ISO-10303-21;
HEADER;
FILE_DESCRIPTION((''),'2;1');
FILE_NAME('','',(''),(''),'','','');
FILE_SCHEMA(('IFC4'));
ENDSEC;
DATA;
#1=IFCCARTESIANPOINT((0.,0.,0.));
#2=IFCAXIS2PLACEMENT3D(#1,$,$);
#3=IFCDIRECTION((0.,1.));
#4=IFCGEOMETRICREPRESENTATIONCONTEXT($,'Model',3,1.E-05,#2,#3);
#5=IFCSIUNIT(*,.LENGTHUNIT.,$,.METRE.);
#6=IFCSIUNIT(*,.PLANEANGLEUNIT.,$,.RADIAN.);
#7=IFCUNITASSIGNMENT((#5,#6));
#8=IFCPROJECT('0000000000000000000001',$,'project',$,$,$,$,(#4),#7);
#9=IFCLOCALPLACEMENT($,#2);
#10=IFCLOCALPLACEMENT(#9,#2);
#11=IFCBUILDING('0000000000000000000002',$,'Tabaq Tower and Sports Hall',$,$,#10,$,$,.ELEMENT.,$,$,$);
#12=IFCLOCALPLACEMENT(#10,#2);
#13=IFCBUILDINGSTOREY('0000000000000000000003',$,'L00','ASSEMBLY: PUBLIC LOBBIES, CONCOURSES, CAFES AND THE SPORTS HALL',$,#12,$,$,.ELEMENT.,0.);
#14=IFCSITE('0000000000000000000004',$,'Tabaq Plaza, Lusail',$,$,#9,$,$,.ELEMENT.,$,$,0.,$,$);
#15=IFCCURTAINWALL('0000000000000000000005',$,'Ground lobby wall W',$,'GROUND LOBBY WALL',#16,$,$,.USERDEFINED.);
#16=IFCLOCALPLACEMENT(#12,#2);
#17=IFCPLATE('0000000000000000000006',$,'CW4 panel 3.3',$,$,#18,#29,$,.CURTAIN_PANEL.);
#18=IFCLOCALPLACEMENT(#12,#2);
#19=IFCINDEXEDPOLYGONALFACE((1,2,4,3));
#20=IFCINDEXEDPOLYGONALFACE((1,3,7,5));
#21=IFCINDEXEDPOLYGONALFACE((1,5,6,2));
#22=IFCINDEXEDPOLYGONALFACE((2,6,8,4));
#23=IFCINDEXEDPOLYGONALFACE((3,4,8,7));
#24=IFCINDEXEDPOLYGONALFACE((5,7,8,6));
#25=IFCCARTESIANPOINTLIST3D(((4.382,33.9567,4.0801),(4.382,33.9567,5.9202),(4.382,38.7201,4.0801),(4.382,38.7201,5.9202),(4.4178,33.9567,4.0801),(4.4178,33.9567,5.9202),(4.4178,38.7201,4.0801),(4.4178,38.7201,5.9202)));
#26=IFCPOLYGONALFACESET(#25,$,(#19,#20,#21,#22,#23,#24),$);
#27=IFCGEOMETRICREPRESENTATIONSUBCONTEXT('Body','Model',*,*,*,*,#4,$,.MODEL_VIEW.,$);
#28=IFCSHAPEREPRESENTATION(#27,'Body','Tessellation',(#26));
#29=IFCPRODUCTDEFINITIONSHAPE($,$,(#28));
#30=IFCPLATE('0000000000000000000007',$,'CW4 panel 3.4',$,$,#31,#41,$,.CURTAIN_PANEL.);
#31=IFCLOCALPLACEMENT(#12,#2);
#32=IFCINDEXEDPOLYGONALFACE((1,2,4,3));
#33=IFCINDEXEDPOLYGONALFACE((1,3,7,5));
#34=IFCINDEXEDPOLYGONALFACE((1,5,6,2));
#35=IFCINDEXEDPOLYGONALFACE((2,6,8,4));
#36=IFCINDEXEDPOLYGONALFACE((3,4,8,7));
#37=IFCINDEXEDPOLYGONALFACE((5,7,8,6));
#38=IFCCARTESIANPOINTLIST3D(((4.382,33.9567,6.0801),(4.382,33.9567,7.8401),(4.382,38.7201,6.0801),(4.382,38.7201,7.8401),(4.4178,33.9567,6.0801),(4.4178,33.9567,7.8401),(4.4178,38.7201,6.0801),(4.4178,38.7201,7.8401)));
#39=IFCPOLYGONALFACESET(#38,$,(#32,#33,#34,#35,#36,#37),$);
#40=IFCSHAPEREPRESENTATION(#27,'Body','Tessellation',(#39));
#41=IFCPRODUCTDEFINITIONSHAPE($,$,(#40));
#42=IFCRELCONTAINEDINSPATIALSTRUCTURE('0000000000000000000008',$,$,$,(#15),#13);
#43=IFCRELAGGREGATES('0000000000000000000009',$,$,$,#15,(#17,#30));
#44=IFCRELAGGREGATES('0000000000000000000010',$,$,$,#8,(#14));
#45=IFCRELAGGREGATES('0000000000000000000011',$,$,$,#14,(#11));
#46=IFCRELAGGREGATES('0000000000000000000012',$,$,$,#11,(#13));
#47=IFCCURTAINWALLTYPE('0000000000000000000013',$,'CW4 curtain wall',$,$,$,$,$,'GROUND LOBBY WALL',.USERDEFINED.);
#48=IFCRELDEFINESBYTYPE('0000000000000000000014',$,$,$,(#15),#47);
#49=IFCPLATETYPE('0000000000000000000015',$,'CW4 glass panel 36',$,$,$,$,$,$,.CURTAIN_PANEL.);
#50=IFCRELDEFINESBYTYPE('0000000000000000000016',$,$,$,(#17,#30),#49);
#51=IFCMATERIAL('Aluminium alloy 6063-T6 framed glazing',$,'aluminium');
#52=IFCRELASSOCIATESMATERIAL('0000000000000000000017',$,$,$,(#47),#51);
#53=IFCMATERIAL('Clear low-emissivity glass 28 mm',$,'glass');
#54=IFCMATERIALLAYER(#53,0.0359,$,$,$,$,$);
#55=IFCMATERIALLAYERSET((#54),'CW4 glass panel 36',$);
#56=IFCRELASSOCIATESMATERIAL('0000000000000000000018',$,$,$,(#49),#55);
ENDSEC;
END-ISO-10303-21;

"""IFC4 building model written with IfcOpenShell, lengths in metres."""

from ifc_helpers import new_model, si_unit, direction, frame, origin, origin_2d, place, context, subcontext, project, spatial, rectangle, extrude, material, layer, layer_set, type_object, element, aggregate, save


model = new_model("IFC4")

# Units and contexts
model_context = context("Model", 3, precision=1e-05, world=origin(), true_north=direction((0.0, 1.0)))
body_context = subcontext(model_context, "Body", "Model", "MODEL_VIEW")
ifc_project = project(units=[si_unit("LENGTHUNIT", "METRE"), si_unit("PLANEANGLEUNIT", "RADIAN")], contexts=[model_context])

# Site, building, storey
site_placement = place(None, origin())
site = spatial("IfcSite", under=ifc_project, at=site_placement, Name="Tabaq Plaza, Lusail", CompositionType="ELEMENT", RefElevation=0.0)
building_placement = place(site_placement, origin())
building = spatial("IfcBuilding", under=site, at=building_placement, Name="Tabaq Tower and Sports Hall", CompositionType="ELEMENT")
storey_placement = place(building_placement, origin())
storey = spatial("IfcBuildingStorey", under=building, at=storey_placement, Name="L00", Description="ASSEMBLY: PUBLIC LOBBIES, CONCOURSES, CAFES AND THE SPORTS HALL", CompositionType="ELEMENT", Elevation=0.0)

# Curtain wall, plates
ifc_material_1 = material(Name="Aluminium alloy 6063-T6 framed glazing", Category="aluminium")
curtain_wall_type = type_object("IfcCurtainWallType", Name="CW4 curtain wall", ElementType="GROUND LOBBY WALL", PredefinedType="USERDEFINED", material=ifc_material_1)
curtain_wall_placement = place(storey_placement, origin())
curtain_wall = element("IfcCurtainWall", 1, at=curtain_wall_placement, inside=storey, type_object=curtain_wall_type, Name="Ground lobby wall W", ObjectType="GROUND LOBBY WALL", PredefinedType="USERDEFINED")
ifc_material_2 = material(Name="Clear low-emissivity glass 28 mm", Category="glass")
ifc_layer_1 = layer(ifc_material_2, 0.0359)
ifc_layer_set_1 = layer_set([ifc_layer_1], Name="CW4 glass panel 36")
plate_type_1 = type_object("IfcPlateType", Name="CW4 glass panel 36", PredefinedType="CURTAIN_PANEL", material=ifc_layer_set_1)
plate_1_placement = place(storey_placement, frame((4.3999, 36.3384, 4.0801), z_axis=(0.0, 0.0, 1.0), x_axis=(0.0, 1.0, 0.0)))
plate_1 = element("IfcPlate", 2, at=plate_1_placement, type_object=plate_type_1, Name="CW4 panel 3.3", PredefinedType="CURTAIN_PANEL", context=body_context, shape_type="SweptSolid", body=[
    extrude(rectangle(XDim=4.7634, YDim=0.0359, at=origin_2d()), origin(), (0.0, 0.0, 1.0), 1.8401),
])
plate_2_placement = place(storey_placement, frame((4.3999, 36.3384, 6.0801), z_axis=(0.0, 0.0, 1.0), x_axis=(0.0, 1.0, 0.0)))
plate_2 = element("IfcPlate", 3, at=plate_2_placement, type_object=plate_type_1, Name="CW4 panel 3.4", PredefinedType="CURTAIN_PANEL", context=body_context, shape_type="SweptSolid", body=[
    extrude(rectangle(XDim=4.7634, YDim=0.0359, at=origin_2d()), origin(), (0.0, 0.0, 1.0), 1.76),
])
aggregate(curtain_wall, [plate_1, plate_2])

save(model, "model.ifc")
